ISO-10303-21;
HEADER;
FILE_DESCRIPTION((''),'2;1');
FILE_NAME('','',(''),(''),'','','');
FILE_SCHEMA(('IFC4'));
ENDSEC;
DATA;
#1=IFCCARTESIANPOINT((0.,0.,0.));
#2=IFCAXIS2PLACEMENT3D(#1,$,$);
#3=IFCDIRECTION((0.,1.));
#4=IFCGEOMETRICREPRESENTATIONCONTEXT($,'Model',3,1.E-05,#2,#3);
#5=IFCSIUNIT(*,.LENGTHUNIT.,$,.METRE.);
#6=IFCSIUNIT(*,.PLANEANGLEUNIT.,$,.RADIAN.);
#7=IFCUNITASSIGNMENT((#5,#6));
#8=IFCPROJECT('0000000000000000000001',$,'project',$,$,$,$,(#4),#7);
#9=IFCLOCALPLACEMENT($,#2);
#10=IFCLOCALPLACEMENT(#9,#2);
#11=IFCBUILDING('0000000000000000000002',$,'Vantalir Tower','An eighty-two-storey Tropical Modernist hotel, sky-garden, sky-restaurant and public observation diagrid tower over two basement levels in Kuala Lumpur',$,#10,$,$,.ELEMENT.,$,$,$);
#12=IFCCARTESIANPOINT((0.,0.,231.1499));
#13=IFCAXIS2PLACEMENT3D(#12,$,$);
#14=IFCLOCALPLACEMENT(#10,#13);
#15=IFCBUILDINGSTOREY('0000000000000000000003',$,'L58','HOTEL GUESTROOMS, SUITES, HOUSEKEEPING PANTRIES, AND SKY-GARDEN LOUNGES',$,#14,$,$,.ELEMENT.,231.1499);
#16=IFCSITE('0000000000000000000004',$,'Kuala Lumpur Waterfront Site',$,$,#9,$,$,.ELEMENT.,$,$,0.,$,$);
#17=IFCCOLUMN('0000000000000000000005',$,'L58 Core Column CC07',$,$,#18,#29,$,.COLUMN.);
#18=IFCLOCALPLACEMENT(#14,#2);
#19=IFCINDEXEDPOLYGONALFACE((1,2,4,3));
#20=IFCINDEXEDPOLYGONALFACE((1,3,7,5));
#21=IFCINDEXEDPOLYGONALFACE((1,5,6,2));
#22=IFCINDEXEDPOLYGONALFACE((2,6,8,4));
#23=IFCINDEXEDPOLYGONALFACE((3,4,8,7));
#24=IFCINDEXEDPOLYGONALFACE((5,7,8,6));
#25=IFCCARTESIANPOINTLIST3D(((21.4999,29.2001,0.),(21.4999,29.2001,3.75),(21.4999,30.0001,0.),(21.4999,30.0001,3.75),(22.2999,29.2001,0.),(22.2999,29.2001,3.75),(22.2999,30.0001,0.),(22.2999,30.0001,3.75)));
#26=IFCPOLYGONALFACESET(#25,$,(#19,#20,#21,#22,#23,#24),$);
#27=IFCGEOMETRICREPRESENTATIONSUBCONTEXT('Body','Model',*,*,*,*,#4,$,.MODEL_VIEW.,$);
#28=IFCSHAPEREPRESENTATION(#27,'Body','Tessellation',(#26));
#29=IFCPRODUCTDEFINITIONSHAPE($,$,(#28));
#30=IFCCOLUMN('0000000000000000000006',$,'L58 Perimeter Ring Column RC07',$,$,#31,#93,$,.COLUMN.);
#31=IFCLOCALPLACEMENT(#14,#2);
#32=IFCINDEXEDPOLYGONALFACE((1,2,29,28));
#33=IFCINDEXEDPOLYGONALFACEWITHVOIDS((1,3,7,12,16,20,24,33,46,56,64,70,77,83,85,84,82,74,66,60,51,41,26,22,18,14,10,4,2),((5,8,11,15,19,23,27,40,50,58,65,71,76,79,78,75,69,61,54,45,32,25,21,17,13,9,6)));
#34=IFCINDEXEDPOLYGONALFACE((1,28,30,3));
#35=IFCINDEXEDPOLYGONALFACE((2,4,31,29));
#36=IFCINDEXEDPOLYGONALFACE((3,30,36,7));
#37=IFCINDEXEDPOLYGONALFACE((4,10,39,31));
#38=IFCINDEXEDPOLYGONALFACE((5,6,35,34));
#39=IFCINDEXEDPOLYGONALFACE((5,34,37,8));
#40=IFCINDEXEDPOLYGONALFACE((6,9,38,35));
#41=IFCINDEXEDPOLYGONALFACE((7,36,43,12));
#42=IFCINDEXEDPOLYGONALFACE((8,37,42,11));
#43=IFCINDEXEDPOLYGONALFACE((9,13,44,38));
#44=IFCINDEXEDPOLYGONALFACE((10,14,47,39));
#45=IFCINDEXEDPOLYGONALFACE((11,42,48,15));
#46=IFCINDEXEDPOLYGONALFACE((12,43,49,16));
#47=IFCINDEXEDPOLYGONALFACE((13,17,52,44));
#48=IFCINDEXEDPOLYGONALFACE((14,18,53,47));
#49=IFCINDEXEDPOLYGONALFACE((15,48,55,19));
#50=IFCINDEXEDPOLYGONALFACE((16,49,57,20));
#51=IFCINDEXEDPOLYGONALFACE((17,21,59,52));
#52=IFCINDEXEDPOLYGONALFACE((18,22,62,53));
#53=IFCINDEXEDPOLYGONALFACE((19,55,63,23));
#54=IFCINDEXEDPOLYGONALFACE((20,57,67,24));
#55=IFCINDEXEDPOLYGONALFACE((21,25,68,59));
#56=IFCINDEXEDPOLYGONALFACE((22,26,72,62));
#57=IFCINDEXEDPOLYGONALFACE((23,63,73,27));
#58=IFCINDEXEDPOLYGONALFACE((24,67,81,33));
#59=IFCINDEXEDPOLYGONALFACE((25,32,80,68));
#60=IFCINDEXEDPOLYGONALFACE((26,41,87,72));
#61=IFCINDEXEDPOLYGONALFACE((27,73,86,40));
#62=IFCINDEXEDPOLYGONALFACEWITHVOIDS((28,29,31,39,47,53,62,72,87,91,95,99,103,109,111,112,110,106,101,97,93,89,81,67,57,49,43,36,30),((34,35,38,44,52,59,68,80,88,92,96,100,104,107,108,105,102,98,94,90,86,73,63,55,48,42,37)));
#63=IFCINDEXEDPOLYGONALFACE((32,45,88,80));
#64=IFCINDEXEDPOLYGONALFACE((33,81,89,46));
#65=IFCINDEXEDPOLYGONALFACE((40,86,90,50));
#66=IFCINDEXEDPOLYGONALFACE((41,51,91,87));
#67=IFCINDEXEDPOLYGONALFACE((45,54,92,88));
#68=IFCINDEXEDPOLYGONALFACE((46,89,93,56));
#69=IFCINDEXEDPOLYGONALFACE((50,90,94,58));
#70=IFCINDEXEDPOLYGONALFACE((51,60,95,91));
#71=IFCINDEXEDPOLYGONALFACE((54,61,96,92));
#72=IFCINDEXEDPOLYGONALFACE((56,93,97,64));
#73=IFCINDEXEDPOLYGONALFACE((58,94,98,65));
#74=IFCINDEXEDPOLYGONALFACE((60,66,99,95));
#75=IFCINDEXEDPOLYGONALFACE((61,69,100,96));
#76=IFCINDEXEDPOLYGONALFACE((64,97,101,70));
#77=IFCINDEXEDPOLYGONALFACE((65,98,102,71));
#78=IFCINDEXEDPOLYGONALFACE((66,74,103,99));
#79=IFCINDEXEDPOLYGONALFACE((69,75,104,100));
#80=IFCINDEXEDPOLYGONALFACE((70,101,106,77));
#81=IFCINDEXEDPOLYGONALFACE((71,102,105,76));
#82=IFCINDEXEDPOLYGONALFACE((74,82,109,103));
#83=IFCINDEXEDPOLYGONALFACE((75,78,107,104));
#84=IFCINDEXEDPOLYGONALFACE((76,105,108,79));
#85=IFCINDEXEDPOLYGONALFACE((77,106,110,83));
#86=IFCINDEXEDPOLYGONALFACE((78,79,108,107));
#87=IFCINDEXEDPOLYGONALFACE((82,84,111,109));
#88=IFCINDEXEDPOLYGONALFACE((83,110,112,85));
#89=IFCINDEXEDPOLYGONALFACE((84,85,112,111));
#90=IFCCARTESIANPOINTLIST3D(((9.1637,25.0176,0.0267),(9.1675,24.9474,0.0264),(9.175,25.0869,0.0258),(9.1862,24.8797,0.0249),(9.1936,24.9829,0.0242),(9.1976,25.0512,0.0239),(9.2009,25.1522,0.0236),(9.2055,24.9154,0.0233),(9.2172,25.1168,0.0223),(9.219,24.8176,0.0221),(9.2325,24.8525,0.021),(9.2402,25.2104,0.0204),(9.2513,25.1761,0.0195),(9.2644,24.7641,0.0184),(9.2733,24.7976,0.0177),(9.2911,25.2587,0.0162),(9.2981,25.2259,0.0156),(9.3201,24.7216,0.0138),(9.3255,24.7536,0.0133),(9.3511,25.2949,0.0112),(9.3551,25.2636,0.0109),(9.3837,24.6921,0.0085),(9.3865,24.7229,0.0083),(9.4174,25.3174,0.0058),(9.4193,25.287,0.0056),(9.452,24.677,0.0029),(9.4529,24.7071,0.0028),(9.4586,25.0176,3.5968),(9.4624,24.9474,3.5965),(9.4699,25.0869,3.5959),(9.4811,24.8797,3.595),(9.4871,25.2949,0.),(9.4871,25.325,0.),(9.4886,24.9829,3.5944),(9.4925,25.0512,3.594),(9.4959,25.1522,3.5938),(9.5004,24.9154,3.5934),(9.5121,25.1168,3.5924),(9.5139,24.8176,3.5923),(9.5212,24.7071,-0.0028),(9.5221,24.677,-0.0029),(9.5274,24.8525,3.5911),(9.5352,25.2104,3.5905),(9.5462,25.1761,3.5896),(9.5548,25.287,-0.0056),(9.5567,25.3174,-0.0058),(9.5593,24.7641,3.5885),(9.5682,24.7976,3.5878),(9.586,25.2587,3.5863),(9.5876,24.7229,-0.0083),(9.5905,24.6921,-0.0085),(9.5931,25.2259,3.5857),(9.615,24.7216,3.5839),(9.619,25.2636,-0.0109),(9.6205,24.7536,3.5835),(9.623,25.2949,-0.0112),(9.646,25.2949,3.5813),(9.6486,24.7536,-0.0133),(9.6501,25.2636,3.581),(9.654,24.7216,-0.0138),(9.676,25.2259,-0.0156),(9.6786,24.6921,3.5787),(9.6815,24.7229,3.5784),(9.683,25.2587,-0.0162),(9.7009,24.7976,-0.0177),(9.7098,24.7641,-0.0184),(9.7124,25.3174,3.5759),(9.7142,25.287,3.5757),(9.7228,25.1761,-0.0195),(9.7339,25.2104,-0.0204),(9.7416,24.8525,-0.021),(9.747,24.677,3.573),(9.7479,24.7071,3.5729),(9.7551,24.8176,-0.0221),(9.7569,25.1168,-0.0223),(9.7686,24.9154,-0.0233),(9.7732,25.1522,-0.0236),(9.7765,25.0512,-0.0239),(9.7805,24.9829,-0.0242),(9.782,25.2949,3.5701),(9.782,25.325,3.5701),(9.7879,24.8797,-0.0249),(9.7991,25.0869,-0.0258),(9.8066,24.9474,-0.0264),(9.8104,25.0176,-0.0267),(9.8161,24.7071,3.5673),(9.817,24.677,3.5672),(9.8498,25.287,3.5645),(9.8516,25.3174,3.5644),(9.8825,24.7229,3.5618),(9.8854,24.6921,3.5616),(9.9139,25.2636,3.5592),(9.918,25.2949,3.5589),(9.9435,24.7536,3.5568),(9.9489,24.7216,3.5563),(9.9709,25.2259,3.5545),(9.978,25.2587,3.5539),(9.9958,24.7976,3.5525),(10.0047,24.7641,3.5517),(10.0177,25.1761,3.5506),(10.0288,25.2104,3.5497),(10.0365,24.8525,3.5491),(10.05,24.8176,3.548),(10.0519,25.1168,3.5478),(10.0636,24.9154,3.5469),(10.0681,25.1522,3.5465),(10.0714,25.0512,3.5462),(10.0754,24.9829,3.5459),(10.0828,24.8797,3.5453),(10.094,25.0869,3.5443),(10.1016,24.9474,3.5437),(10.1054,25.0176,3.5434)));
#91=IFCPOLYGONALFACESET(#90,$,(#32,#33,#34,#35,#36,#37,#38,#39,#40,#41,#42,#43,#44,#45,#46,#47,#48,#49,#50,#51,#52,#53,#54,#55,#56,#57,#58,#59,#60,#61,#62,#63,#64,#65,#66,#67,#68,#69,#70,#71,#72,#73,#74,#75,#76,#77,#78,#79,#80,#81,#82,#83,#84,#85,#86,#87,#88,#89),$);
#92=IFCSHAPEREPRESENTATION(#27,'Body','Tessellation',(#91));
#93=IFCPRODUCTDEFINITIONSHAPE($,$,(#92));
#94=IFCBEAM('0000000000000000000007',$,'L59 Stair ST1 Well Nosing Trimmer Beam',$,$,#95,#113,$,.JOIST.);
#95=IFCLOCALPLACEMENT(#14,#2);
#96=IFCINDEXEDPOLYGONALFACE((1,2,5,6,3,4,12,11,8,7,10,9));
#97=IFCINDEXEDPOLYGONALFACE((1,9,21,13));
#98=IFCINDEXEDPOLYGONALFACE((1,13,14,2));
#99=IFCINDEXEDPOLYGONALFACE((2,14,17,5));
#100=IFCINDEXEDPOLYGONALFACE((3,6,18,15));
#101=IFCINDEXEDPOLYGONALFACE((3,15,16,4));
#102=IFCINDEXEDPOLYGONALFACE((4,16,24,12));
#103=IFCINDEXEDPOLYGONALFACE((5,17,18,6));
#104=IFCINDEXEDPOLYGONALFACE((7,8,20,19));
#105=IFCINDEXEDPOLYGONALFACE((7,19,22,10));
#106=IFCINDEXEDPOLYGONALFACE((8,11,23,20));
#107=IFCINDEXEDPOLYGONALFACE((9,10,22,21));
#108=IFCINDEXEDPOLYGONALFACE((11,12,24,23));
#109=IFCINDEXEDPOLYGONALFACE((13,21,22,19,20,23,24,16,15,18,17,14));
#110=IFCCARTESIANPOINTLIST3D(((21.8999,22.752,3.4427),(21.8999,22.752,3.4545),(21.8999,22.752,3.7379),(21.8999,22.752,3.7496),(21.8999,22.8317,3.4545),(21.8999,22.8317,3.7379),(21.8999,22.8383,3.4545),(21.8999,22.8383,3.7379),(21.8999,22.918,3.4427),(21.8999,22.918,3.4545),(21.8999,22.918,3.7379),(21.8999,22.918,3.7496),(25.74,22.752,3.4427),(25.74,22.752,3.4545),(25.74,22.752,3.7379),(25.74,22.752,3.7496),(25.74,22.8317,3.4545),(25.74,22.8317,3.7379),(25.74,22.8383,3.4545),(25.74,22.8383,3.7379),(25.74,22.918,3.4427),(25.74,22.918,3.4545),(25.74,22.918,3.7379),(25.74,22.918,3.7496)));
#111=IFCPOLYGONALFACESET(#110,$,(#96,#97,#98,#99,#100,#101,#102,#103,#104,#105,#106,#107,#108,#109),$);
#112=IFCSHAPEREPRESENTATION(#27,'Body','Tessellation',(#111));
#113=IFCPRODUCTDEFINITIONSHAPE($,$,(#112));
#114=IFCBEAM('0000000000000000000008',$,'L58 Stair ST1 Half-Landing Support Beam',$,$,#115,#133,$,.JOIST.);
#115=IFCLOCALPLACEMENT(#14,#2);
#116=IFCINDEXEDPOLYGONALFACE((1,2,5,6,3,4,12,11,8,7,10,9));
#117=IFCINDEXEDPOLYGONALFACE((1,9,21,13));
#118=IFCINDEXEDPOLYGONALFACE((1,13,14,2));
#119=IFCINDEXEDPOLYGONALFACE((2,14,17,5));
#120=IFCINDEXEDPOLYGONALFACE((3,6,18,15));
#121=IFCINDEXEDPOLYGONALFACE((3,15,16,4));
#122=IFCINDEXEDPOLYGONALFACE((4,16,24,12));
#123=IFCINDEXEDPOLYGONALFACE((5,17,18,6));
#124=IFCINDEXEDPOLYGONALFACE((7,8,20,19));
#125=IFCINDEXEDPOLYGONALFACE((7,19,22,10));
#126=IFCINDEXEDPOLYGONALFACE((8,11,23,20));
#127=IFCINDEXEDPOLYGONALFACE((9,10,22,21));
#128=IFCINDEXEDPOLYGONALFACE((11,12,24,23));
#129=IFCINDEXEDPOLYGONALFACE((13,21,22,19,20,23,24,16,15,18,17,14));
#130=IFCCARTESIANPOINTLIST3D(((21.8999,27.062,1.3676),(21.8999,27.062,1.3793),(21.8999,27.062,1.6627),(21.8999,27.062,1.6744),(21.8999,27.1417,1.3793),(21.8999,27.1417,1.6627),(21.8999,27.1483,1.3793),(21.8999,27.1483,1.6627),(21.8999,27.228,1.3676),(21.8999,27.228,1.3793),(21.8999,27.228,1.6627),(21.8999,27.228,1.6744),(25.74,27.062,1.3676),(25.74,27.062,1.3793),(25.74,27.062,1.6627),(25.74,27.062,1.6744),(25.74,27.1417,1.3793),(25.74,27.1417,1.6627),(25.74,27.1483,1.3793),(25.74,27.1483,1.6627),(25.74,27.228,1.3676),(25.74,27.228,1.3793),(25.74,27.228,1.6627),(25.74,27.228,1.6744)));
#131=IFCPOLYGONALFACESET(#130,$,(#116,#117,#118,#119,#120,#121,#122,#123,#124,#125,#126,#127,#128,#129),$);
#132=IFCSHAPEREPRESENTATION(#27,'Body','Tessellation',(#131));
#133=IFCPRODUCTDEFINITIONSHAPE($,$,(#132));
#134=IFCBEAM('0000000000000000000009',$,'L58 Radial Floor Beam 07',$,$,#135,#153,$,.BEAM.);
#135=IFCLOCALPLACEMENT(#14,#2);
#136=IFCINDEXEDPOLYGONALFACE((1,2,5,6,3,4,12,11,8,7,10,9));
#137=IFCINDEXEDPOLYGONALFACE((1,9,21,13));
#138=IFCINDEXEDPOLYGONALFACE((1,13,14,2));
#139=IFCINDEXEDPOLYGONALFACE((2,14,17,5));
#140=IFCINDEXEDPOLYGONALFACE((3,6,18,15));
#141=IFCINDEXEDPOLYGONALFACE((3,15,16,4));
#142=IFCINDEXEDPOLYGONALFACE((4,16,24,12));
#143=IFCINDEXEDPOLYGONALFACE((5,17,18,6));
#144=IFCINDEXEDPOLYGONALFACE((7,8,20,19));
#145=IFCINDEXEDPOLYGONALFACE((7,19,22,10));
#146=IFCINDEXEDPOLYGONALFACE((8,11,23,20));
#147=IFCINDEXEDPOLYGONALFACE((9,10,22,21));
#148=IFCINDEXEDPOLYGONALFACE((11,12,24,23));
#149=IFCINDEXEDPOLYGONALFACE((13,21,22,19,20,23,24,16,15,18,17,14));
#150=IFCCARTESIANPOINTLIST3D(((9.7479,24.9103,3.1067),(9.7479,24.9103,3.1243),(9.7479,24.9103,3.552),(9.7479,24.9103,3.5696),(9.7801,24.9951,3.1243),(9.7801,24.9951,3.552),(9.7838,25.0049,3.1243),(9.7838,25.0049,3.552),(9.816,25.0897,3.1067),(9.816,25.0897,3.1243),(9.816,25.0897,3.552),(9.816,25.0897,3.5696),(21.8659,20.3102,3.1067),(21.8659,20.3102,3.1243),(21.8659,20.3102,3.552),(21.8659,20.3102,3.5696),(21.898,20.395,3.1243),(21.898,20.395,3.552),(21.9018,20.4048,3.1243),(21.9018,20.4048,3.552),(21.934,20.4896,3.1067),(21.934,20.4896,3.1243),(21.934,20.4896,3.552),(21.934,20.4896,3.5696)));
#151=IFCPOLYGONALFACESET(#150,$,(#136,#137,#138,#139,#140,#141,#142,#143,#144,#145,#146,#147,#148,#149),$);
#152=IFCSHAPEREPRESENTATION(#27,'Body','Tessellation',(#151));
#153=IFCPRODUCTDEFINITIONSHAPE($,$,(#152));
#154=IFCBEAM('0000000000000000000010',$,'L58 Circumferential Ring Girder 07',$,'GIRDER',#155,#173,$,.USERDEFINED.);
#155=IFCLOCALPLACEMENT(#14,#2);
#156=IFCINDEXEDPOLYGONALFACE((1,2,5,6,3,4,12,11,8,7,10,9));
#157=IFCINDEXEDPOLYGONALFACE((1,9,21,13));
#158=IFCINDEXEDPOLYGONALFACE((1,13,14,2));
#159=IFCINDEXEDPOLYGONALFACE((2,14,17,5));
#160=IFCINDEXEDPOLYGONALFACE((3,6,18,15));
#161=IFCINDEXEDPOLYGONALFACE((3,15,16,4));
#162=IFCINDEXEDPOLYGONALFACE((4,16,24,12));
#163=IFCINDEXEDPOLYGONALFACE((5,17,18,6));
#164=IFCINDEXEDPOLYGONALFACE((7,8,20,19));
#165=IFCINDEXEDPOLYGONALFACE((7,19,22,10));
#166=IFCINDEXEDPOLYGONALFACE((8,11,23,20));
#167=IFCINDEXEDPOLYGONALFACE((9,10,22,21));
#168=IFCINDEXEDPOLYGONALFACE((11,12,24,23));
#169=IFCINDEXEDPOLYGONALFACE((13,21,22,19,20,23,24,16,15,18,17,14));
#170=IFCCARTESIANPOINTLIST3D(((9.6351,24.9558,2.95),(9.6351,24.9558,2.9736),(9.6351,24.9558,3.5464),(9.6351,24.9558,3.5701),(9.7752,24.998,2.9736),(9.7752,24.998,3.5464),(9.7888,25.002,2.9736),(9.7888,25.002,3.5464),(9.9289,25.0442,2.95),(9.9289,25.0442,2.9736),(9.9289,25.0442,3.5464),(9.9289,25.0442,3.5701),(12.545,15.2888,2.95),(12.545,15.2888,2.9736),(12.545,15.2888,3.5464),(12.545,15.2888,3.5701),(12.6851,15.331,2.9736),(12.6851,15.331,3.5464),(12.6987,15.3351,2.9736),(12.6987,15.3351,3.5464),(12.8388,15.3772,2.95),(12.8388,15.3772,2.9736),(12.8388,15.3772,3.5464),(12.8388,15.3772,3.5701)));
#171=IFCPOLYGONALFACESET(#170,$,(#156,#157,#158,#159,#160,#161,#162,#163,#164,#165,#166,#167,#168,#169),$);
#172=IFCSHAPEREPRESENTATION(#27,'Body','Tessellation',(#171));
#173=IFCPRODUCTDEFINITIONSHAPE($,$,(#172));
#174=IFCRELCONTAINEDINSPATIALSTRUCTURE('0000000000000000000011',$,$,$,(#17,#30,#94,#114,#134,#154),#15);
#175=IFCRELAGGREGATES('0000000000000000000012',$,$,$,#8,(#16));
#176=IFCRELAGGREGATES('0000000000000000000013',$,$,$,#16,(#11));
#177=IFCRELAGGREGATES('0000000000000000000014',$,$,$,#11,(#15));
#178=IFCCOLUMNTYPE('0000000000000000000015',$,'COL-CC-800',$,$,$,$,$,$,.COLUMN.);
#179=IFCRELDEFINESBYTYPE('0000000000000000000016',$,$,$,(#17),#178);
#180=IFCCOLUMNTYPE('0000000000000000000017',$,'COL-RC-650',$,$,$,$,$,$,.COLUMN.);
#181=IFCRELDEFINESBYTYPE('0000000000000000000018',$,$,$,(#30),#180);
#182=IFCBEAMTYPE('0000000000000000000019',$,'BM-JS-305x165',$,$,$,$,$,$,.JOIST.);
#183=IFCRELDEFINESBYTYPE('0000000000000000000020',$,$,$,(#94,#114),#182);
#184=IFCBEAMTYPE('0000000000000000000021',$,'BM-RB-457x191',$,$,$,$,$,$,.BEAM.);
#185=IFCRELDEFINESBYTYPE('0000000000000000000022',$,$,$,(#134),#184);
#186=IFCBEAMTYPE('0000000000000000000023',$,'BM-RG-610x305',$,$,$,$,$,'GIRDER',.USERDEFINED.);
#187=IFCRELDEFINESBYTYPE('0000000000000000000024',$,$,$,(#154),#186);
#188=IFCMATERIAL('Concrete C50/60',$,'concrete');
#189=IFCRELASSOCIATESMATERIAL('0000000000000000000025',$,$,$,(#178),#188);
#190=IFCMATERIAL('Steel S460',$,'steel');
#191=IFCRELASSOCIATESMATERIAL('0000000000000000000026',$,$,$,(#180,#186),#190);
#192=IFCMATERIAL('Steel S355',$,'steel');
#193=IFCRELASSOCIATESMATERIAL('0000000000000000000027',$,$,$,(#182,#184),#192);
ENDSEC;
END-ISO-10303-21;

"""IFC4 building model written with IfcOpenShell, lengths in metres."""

from ifc_helpers import new_model, si_unit, direction, frame, origin, origin_2d, place, context, subcontext, project, spatial, rectangle, hollow_circle, i_section, extrude, material, material_profile, profile_set, type_object, element, save


model = new_model("IFC4")

# Units and contexts
model_context = context("Model", 3, precision=1e-05, world=origin(), true_north=direction((0.0, 1.0)))
body_context = subcontext(model_context, "Body", "Model", "MODEL_VIEW")
ifc_project = project(units=[si_unit("LENGTHUNIT", "METRE"), si_unit("PLANEANGLEUNIT", "RADIAN")], contexts=[model_context])

# Site, building, storey
site_placement = place(None, origin())
site = spatial("IfcSite", under=ifc_project, at=site_placement, Name="Kuala Lumpur Waterfront Site", CompositionType="ELEMENT", RefElevation=0.0)
building_placement = place(site_placement, origin())
building = spatial("IfcBuilding", under=site, at=building_placement, Name="Vantalir Tower", Description="An eighty-two-storey Tropical Modernist hotel, sky-garden, sky-restaurant and public observation diagrid tower over two basement levels in Kuala Lumpur", CompositionType="ELEMENT")
storey_placement = place(building_placement, frame((0.0, 0.0, 231.1499)))
storey = spatial("IfcBuildingStorey", under=building, at=storey_placement, Name="L58", Description="HOTEL GUESTROOMS, SUITES, HOUSEKEEPING PANTRIES, AND SKY-GARDEN LOUNGES", CompositionType="ELEMENT", Elevation=231.1499)

# Columns
ifc_material_1 = material(Name="Concrete C50/60", Category="concrete")
ifc_material_profile_1 = material_profile(ifc_material_1, rectangle(XDim=0.8, YDim=0.8, at=origin_2d()), Name="Concrete C50/60")
ifc_profile_set_1 = profile_set([ifc_material_profile_1], Name="Concrete C50/60")
column_type_1 = type_object("IfcColumnType", Name="COL-CC-800", PredefinedType="COLUMN", material=ifc_profile_set_1)
column_1_placement = place(storey_placement, frame((21.8999, 29.6001, 0.0), z_axis=(0.0, 0.0, 1.0), x_axis=(1.0, 0.0, 0.0)))
element("IfcColumn", 1, at=column_1_placement, inside=storey, type_object=column_type_1, Name="L58 Core Column CC07", PredefinedType="COLUMN", context=body_context, shape_type="SweptSolid", body=[
    extrude(rectangle(XDim=0.8, YDim=0.8, at=origin_2d()), origin(), (0.0, 0.0, 1.0), 3.75),
])
ifc_material_2 = material(Name="Steel S460", Category="steel")
ifc_material_profile_2 = material_profile(ifc_material_2, hollow_circle(Radius=0.325, WallThickness=0.03, at=origin_2d()), Name="Steel S460")
ifc_profile_set_2 = profile_set([ifc_material_profile_2], Name="Steel S460")
column_type_2 = type_object("IfcColumnType", Name="COL-RC-650", PredefinedType="COLUMN", material=ifc_profile_set_2)
column_2_placement = place(storey_placement, frame((9.4871, 25.0, 0.0), z_axis=(0.082329, 0.0, 0.996605), x_axis=(0.0, 1.0, 0.0)))
element("IfcColumn", 2, at=column_2_placement, inside=storey, type_object=column_type_2, Name="L58 Perimeter Ring Column RC07", PredefinedType="COLUMN", context=body_context, shape_type="SweptSolid", body=[
    extrude(hollow_circle(Radius=0.325, WallThickness=0.03, at=origin_2d()), origin(), (0.0, 0.0, 1.0), 3.5823),
])

# Beams
ifc_material_3 = material(Name="Steel S355", Category="steel")
ifc_material_profile_3 = material_profile(ifc_material_3, i_section(OverallWidth=0.166, OverallDepth=0.3069, WebThickness=0.0066, FlangeThickness=0.0117, at=origin_2d()), Name="Steel S355")
ifc_profile_set_3 = profile_set([ifc_material_profile_3], Name="Steel S355")
beam_type_1 = type_object("IfcBeamType", Name="BM-JS-305x165", PredefinedType="JOIST", material=ifc_profile_set_3)
for number, where, z_axis, x_axis, name in (
    (3, (21.8999, 22.835, 3.5962), (1.0, 0.0, 0.0), (0.0, 1.0, 0.0), "L59 Stair ST1 Well Nosing Trimmer Beam"),
    (4, (21.8999, 27.145, 1.521), (1.0, 0.0, 0.0), (0.0, 1.0, 0.0), "L58 Stair ST1 Half-Landing Support Beam"),
):
    element("IfcBeam", number, at=place(storey_placement, frame(where, z_axis=z_axis, x_axis=x_axis)), inside=storey, type_object=beam_type_1, Name=name, PredefinedType="JOIST", context=body_context, shape_type="SweptSolid", body=[
        extrude(i_section(OverallWidth=0.166, OverallDepth=0.3069, WebThickness=0.0066, FlangeThickness=0.0117, at=origin_2d()), origin(), (0.0, 0.0, 1.0), 3.8401),
    ])
ifc_material_profile_4 = material_profile(ifc_material_3, i_section(OverallWidth=0.1919, OverallDepth=0.4629, WebThickness=0.0105, FlangeThickness=0.0176, at=origin_2d()), Name="Steel S355")
ifc_profile_set_4 = profile_set([ifc_material_profile_4], Name="Steel S355")
beam_type_2 = type_object("IfcBeamType", Name="BM-RB-457x191", PredefinedType="BEAM", material=ifc_profile_set_4)
beam_1_placement = place(storey_placement, frame((9.782, 25.0, 3.3381), z_axis=(0.934904, -0.3549, 0.0), x_axis=(0.3549, 0.934904, 0.0)))
element("IfcBeam", 5, at=beam_1_placement, inside=storey, type_object=beam_type_2, Name="L58 Radial Floor Beam 07", PredefinedType="BEAM", context=body_context, shape_type="SweptSolid", body=[
    extrude(i_section(OverallWidth=0.1919, OverallDepth=0.4629, WebThickness=0.0105, FlangeThickness=0.0176, at=origin_2d()), origin(), (0.0, 0.0, 1.0), 12.9617),
])
ifc_material_profile_5 = material_profile(ifc_material_2, i_section(OverallWidth=0.3069, OverallDepth=0.6201, WebThickness=0.0142, FlangeThickness=0.0237, at=origin_2d()), Name="Steel S460")
ifc_profile_set_5 = profile_set([ifc_material_profile_5], Name="Steel S460")
beam_type_3 = type_object("IfcBeamType", Name="BM-RG-610x305", ElementType="GIRDER", PredefinedType="USERDEFINED", material=ifc_profile_set_5)
beam_2_placement = place(storey_placement, frame((9.782, 25.0, 3.26), z_axis=(0.28824, -0.957558, 0.0), x_axis=(0.957558, 0.28824, 0.0)))
element("IfcBeam", 6, at=beam_2_placement, inside=storey, type_object=beam_type_3, Name="L58 Circumferential Ring Girder 07", ObjectType="GIRDER", PredefinedType="USERDEFINED", context=body_context, shape_type="SweptSolid", body=[
    extrude(i_section(OverallWidth=0.3069, OverallDepth=0.6201, WebThickness=0.0142, FlangeThickness=0.0237, at=origin_2d()), origin(), (0.0, 0.0, 1.0), 10.0955),
])

save(model, "model.ifc")
